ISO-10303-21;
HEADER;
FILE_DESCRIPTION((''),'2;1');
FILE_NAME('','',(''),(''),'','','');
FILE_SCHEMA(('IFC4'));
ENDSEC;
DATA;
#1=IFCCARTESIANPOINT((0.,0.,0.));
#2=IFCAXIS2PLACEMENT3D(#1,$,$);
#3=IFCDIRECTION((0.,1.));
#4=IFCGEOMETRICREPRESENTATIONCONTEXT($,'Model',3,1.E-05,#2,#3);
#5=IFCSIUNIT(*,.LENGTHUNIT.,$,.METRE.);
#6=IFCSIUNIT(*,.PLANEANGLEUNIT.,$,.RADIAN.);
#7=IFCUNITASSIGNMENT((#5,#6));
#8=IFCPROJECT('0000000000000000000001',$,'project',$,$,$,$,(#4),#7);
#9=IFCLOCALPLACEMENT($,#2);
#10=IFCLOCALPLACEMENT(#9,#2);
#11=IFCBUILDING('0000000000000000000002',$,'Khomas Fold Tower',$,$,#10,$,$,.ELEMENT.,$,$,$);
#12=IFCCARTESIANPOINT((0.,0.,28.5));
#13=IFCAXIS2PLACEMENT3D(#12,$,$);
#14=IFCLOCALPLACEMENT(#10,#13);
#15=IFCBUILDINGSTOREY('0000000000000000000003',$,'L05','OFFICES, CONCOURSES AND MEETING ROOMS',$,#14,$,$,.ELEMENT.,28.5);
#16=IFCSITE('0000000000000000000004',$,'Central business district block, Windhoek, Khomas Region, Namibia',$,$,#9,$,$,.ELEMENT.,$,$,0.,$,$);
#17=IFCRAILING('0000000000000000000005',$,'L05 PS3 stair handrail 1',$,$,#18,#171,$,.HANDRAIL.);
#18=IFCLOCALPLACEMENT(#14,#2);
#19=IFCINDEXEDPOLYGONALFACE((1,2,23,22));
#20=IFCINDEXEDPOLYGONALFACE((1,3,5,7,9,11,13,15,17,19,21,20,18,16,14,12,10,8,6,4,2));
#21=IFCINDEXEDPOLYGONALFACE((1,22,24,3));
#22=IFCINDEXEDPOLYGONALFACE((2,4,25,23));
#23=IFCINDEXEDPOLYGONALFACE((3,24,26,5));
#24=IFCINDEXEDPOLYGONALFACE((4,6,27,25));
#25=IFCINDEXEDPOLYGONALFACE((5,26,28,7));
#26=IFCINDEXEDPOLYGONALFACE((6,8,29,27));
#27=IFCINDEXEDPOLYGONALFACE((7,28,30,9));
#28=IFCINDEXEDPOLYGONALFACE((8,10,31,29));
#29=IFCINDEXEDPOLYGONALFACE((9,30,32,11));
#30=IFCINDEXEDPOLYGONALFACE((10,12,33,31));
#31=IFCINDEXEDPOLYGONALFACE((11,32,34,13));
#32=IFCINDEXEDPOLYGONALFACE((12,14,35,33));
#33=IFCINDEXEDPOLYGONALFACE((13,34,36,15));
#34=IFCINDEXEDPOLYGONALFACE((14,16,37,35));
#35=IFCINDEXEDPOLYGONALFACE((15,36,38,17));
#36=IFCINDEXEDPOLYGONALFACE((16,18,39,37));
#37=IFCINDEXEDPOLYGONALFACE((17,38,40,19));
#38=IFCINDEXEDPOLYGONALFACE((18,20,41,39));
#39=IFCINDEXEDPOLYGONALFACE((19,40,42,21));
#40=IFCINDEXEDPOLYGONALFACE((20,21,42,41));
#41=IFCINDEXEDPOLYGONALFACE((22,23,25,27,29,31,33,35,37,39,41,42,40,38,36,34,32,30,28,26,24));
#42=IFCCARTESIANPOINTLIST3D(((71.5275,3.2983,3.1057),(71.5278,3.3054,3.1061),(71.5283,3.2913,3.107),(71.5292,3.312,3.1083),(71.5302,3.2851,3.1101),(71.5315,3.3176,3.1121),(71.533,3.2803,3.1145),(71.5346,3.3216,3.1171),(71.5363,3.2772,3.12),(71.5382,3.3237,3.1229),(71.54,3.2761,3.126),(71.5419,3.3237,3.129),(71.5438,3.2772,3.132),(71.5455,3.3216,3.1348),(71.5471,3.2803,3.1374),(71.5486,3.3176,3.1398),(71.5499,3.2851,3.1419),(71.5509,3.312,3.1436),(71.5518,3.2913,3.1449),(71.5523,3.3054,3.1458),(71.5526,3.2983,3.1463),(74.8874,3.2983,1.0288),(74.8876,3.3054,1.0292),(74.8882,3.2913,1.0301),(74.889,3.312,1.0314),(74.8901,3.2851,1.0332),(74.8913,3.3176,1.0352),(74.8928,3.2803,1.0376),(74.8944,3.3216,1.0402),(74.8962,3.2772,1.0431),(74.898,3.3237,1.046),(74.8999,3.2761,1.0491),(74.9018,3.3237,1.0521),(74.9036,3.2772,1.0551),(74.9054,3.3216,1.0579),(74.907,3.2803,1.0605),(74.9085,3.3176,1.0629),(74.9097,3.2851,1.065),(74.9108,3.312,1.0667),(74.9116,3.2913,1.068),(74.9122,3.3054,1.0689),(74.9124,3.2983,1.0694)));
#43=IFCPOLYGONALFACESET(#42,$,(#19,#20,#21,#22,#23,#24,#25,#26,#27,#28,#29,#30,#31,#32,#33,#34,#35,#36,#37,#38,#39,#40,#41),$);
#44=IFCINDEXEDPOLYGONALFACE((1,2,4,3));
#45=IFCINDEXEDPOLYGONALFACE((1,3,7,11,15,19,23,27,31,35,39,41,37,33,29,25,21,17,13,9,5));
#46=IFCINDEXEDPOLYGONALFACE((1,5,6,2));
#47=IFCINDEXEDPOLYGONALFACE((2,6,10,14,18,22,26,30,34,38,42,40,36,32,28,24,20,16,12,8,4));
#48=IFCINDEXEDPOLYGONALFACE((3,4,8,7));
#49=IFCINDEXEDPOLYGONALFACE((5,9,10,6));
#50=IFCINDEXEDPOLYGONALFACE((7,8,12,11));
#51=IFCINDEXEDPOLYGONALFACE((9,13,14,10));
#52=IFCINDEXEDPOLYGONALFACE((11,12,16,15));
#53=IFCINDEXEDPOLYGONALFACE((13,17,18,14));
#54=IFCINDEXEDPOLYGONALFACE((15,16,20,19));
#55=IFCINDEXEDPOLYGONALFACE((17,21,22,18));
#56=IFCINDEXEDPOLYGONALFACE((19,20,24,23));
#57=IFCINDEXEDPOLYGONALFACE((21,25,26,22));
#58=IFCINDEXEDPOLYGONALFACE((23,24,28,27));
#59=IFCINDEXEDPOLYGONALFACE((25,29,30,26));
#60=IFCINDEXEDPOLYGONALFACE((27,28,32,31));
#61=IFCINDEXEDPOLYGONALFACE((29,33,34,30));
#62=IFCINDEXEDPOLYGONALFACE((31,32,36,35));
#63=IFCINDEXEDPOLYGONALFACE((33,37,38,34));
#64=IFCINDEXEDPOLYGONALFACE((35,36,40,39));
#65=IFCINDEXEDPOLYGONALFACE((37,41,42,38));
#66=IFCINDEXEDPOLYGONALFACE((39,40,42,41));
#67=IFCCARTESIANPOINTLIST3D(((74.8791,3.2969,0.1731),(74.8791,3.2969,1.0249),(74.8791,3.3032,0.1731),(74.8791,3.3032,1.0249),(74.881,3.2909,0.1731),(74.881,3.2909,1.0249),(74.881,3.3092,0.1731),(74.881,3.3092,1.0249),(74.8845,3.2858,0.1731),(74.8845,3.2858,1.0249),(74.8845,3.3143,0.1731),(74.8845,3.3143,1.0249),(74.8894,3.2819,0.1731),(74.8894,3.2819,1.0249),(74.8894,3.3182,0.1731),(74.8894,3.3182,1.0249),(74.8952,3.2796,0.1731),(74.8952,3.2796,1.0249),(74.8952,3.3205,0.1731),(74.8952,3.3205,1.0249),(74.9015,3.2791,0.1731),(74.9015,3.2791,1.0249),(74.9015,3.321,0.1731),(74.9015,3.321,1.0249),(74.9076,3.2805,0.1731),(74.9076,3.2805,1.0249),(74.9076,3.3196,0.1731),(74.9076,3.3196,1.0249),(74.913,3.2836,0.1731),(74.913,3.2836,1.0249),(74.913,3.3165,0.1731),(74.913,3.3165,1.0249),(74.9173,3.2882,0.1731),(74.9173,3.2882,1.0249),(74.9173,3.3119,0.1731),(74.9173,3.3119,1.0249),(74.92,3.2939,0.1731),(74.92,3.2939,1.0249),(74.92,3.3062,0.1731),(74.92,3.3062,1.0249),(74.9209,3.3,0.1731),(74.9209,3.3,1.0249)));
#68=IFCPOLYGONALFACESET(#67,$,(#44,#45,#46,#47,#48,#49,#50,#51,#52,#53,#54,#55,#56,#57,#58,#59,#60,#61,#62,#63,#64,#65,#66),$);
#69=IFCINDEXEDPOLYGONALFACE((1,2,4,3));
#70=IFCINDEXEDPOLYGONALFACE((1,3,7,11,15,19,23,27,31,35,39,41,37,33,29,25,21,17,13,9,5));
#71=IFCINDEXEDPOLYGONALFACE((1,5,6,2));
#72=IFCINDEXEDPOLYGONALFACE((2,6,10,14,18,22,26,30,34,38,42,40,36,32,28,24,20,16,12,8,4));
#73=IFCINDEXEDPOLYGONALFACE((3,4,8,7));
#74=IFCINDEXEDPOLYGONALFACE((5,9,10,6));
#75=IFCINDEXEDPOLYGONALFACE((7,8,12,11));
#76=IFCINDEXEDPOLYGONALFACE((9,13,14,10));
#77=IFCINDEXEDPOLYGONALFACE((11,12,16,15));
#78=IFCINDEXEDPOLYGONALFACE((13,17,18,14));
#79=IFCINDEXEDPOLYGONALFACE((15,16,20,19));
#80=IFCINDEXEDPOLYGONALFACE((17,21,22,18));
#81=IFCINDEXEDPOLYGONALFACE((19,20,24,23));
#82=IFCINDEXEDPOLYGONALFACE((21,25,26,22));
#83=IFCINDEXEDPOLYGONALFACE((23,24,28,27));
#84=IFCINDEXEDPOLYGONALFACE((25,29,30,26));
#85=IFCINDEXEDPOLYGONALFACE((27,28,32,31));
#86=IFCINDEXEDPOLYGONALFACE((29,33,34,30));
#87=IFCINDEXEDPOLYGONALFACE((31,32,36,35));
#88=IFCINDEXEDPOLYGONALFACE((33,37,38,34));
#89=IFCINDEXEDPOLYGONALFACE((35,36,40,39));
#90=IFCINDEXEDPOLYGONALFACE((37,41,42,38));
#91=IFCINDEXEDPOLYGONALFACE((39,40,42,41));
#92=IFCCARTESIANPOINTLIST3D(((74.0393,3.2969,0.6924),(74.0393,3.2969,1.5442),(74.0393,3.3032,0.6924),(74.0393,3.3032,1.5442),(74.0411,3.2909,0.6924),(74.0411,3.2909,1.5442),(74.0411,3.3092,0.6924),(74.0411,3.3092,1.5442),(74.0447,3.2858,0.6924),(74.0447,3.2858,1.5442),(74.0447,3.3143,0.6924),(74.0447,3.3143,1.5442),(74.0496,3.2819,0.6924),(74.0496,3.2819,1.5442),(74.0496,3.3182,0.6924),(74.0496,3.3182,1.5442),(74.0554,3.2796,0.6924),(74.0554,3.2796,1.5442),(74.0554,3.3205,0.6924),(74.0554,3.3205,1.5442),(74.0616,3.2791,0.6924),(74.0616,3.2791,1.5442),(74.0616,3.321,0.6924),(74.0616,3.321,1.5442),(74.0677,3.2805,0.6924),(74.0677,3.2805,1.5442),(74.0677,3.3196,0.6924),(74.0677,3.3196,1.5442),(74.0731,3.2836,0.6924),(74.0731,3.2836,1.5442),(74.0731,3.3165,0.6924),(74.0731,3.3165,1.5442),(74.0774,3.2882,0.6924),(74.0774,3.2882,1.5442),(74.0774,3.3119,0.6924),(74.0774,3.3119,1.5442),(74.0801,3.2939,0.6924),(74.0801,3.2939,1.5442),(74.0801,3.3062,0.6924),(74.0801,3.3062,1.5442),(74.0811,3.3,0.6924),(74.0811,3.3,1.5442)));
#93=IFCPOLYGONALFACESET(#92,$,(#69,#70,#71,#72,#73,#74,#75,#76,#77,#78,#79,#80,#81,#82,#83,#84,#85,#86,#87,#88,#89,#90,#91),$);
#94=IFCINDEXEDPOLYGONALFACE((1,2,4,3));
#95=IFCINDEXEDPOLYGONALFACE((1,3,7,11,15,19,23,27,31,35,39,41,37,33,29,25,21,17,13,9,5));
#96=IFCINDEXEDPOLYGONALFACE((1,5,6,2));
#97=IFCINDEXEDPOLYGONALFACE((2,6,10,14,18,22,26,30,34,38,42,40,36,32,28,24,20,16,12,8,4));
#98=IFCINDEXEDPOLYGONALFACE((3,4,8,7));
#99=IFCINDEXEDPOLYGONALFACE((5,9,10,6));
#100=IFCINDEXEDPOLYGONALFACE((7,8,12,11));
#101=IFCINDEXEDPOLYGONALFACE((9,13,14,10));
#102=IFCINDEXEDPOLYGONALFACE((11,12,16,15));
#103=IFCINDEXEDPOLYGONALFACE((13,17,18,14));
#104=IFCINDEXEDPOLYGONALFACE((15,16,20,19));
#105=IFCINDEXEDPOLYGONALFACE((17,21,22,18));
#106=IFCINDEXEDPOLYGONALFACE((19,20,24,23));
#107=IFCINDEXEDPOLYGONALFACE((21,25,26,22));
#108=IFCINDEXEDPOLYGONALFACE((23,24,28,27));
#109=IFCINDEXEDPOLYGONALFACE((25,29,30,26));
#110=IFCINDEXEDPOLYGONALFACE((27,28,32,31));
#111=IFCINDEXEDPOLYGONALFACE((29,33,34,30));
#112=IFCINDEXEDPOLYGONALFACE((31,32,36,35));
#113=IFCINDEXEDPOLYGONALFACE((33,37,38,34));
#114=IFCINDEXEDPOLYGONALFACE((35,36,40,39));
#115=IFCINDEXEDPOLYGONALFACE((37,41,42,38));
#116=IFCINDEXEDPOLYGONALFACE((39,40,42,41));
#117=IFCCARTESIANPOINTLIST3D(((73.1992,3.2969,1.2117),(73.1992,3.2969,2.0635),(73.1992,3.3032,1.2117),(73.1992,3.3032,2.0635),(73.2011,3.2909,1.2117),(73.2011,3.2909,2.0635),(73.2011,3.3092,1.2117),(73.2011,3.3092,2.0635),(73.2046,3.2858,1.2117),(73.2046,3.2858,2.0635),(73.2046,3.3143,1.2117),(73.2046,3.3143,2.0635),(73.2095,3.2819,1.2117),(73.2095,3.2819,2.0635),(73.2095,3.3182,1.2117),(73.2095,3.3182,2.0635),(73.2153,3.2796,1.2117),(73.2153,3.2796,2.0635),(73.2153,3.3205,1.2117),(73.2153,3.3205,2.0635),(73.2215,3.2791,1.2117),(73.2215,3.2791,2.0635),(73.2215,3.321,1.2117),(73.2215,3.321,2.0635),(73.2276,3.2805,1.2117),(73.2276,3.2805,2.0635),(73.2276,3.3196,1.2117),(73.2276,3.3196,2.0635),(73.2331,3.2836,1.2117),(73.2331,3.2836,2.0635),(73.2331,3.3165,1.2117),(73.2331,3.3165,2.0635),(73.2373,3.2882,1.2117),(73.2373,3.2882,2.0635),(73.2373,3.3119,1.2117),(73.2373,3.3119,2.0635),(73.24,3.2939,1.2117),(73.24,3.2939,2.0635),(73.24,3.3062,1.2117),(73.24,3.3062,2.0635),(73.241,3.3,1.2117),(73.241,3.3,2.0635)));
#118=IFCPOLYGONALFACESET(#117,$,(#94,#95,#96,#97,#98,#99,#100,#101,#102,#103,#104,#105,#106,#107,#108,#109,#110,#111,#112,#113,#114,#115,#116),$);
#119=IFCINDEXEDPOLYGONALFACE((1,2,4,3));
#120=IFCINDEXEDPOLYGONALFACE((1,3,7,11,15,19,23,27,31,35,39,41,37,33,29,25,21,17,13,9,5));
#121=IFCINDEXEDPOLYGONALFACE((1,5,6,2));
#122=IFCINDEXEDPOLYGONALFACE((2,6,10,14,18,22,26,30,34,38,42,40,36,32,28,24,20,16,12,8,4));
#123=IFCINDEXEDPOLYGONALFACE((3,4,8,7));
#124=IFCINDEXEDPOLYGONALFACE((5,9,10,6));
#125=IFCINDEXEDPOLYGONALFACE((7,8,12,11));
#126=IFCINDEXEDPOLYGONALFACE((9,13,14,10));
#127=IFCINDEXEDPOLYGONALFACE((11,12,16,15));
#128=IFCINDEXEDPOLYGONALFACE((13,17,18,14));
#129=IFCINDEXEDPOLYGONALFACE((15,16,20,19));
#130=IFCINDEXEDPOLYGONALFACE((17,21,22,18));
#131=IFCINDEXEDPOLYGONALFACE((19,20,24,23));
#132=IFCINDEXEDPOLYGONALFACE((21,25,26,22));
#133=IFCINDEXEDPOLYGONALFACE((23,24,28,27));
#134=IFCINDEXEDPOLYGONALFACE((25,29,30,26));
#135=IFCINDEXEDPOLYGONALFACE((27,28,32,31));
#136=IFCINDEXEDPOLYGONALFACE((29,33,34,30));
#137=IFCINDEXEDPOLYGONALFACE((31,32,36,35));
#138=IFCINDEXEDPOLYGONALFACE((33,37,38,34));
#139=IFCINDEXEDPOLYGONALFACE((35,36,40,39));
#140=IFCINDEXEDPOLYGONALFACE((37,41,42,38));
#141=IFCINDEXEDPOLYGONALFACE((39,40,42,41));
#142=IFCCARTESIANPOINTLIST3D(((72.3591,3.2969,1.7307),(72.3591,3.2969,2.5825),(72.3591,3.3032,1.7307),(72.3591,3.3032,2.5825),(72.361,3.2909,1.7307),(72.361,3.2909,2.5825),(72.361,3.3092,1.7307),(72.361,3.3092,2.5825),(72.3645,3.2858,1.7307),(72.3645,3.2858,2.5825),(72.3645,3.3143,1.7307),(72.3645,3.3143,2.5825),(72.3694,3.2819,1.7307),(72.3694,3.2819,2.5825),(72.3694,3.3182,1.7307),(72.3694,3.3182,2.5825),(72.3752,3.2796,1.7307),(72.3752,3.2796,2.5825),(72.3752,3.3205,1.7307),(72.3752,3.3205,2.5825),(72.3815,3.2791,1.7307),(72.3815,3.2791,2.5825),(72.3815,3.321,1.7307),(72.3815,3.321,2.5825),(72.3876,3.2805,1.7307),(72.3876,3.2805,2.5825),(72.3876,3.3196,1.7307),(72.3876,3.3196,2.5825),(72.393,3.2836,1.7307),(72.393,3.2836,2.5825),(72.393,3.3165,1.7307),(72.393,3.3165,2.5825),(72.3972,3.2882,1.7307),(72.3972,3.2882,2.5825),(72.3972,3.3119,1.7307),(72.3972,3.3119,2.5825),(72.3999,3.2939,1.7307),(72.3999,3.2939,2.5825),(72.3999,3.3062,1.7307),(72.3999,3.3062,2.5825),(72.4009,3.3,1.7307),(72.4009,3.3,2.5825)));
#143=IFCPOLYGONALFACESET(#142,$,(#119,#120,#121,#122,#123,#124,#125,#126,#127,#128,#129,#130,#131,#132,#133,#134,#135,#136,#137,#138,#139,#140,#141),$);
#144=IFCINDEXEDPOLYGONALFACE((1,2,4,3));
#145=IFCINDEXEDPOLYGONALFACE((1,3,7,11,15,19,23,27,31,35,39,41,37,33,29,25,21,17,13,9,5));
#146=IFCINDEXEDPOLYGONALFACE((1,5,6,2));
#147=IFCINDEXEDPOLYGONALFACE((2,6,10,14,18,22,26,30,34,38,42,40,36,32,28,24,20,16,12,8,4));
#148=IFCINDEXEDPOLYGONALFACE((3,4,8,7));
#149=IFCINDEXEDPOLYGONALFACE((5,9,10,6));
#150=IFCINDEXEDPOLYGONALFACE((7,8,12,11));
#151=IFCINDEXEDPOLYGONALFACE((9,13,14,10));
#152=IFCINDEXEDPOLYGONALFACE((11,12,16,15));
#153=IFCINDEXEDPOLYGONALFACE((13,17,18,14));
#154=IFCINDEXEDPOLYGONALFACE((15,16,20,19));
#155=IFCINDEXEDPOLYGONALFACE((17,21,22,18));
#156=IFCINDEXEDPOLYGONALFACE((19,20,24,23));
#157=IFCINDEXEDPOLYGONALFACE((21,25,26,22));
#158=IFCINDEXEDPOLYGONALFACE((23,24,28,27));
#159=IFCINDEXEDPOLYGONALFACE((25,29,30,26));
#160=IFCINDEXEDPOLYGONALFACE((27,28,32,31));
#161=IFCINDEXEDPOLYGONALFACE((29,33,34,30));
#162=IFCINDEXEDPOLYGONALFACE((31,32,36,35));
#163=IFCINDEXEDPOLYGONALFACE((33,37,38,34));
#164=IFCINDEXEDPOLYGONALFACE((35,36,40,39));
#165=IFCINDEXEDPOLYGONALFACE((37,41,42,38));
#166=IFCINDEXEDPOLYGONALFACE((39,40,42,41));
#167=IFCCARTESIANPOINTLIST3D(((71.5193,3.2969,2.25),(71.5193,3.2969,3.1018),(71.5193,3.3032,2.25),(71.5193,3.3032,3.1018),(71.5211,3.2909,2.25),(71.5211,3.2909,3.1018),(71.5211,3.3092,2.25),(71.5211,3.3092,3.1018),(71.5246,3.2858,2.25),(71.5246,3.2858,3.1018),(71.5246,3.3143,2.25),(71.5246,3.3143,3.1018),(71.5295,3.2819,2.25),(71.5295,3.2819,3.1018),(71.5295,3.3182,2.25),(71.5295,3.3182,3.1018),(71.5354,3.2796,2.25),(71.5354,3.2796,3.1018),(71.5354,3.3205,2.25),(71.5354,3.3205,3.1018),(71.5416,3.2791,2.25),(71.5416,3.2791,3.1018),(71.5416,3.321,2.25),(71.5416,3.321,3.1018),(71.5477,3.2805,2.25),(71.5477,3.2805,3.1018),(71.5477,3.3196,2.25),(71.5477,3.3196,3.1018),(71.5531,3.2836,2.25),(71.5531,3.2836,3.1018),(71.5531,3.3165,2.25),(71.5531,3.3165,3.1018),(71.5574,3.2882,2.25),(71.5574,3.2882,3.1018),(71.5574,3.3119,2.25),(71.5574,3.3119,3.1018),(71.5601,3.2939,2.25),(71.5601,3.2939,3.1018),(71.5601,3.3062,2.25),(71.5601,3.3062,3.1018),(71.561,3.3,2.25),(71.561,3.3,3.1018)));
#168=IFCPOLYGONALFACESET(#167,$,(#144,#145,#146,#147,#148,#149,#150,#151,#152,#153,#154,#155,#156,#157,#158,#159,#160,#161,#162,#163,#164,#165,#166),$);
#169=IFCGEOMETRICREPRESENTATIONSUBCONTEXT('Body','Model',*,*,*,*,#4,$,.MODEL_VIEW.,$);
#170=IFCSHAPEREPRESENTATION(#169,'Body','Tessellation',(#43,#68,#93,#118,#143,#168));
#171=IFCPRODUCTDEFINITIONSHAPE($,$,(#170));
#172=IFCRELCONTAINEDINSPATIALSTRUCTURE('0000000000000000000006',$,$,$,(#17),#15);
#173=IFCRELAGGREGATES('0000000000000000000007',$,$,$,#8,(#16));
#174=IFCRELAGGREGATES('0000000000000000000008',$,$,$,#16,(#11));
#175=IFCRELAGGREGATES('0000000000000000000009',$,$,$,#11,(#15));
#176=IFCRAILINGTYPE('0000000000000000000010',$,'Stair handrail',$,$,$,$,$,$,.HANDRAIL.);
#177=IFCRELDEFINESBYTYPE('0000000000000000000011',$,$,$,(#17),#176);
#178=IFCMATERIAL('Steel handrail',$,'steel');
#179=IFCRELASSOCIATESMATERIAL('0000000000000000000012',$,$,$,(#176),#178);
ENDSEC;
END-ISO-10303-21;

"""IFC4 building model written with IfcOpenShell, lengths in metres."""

from ifc_helpers import new_model, si_unit, direction, frame, origin, origin_2d, place, context, subcontext, project, spatial, circle, extrude, source, transform, mapped, material, type_object, element, save


model = new_model("IFC4")

# Units and contexts
model_context = context("Model", 3, precision=1e-05, world=origin(), true_north=direction((0.0, 1.0)))
body_context = subcontext(model_context, "Body", "Model", "MODEL_VIEW")
ifc_project = project(units=[si_unit("LENGTHUNIT", "METRE"), si_unit("PLANEANGLEUNIT", "RADIAN")], contexts=[model_context])

# Site, building, storey
site_placement = place(None, origin())
site = spatial("IfcSite", under=ifc_project, at=site_placement, Name="Central business district block, Windhoek, Khomas Region, Namibia", CompositionType="ELEMENT", RefElevation=0.0)
building_placement = place(site_placement, origin())
building = spatial("IfcBuilding", under=site, at=building_placement, Name="Khomas Fold Tower", CompositionType="ELEMENT")
storey_placement = place(building_placement, frame((0.0, 0.0, 28.5)))
storey = spatial("IfcBuildingStorey", under=building, at=storey_placement, Name="L05", Description="OFFICES, CONCOURSES AND MEETING ROOMS", CompositionType="ELEMENT", Elevation=28.5)

# Railing
ifc_material_1 = material(Name="Steel handrail", Category="steel")
railing_type_1 = type_object("IfcRailingType", Name="Stair handrail", PredefinedType="HANDRAIL", material=ifc_material_1)
shared_shape_1 = source(origin(), body_context, "Body", "SweptSolid", [
    extrude(circle(Radius=0.0239, at=origin_2d()), frame((0.0, 0.0, 0.876), z_axis=(-0.850606, 0.0, 0.525803), x_axis=(0.0, -1.0, 0.0)), (0.0, 0.0, 1.0), 3.95),
    extrude(circle(Radius=0.021, at=origin_2d()), origin(), (0.0, 0.0, 1.0), 0.8518),
    extrude(circle(Radius=0.021, at=origin_2d()), frame((-0.8398, 0.0, 0.5193)), (0.0, 0.0, 1.0), 0.8518),
    extrude(circle(Radius=0.021, at=origin_2d()), frame((-1.6799, 0.0, 1.0386)), (0.0, 0.0, 1.0), 0.8518),
    extrude(circle(Radius=0.021, at=origin_2d()), frame((-2.52, 0.0, 1.5576)), (0.0, 0.0, 1.0), 0.8518),
    extrude(circle(Radius=0.021, at=origin_2d()), frame((-3.3599, 0.0, 2.0769)), (0.0, 0.0, 1.0), 0.8518),
])
railing_1_placement = place(storey_placement, frame((74.8999, 3.3, 0.1731)))
element("IfcRailing", 1, at=railing_1_placement, inside=storey, type_object=railing_type_1, Name="L05 PS3 stair handrail 1", PredefinedType="HANDRAIL", context=body_context, shape_type="MappedRepresentation", body=[
    mapped(shared_shape_1, transform((0.0, 0.0, 0.0))),
])

save(model, "model.ifc")
